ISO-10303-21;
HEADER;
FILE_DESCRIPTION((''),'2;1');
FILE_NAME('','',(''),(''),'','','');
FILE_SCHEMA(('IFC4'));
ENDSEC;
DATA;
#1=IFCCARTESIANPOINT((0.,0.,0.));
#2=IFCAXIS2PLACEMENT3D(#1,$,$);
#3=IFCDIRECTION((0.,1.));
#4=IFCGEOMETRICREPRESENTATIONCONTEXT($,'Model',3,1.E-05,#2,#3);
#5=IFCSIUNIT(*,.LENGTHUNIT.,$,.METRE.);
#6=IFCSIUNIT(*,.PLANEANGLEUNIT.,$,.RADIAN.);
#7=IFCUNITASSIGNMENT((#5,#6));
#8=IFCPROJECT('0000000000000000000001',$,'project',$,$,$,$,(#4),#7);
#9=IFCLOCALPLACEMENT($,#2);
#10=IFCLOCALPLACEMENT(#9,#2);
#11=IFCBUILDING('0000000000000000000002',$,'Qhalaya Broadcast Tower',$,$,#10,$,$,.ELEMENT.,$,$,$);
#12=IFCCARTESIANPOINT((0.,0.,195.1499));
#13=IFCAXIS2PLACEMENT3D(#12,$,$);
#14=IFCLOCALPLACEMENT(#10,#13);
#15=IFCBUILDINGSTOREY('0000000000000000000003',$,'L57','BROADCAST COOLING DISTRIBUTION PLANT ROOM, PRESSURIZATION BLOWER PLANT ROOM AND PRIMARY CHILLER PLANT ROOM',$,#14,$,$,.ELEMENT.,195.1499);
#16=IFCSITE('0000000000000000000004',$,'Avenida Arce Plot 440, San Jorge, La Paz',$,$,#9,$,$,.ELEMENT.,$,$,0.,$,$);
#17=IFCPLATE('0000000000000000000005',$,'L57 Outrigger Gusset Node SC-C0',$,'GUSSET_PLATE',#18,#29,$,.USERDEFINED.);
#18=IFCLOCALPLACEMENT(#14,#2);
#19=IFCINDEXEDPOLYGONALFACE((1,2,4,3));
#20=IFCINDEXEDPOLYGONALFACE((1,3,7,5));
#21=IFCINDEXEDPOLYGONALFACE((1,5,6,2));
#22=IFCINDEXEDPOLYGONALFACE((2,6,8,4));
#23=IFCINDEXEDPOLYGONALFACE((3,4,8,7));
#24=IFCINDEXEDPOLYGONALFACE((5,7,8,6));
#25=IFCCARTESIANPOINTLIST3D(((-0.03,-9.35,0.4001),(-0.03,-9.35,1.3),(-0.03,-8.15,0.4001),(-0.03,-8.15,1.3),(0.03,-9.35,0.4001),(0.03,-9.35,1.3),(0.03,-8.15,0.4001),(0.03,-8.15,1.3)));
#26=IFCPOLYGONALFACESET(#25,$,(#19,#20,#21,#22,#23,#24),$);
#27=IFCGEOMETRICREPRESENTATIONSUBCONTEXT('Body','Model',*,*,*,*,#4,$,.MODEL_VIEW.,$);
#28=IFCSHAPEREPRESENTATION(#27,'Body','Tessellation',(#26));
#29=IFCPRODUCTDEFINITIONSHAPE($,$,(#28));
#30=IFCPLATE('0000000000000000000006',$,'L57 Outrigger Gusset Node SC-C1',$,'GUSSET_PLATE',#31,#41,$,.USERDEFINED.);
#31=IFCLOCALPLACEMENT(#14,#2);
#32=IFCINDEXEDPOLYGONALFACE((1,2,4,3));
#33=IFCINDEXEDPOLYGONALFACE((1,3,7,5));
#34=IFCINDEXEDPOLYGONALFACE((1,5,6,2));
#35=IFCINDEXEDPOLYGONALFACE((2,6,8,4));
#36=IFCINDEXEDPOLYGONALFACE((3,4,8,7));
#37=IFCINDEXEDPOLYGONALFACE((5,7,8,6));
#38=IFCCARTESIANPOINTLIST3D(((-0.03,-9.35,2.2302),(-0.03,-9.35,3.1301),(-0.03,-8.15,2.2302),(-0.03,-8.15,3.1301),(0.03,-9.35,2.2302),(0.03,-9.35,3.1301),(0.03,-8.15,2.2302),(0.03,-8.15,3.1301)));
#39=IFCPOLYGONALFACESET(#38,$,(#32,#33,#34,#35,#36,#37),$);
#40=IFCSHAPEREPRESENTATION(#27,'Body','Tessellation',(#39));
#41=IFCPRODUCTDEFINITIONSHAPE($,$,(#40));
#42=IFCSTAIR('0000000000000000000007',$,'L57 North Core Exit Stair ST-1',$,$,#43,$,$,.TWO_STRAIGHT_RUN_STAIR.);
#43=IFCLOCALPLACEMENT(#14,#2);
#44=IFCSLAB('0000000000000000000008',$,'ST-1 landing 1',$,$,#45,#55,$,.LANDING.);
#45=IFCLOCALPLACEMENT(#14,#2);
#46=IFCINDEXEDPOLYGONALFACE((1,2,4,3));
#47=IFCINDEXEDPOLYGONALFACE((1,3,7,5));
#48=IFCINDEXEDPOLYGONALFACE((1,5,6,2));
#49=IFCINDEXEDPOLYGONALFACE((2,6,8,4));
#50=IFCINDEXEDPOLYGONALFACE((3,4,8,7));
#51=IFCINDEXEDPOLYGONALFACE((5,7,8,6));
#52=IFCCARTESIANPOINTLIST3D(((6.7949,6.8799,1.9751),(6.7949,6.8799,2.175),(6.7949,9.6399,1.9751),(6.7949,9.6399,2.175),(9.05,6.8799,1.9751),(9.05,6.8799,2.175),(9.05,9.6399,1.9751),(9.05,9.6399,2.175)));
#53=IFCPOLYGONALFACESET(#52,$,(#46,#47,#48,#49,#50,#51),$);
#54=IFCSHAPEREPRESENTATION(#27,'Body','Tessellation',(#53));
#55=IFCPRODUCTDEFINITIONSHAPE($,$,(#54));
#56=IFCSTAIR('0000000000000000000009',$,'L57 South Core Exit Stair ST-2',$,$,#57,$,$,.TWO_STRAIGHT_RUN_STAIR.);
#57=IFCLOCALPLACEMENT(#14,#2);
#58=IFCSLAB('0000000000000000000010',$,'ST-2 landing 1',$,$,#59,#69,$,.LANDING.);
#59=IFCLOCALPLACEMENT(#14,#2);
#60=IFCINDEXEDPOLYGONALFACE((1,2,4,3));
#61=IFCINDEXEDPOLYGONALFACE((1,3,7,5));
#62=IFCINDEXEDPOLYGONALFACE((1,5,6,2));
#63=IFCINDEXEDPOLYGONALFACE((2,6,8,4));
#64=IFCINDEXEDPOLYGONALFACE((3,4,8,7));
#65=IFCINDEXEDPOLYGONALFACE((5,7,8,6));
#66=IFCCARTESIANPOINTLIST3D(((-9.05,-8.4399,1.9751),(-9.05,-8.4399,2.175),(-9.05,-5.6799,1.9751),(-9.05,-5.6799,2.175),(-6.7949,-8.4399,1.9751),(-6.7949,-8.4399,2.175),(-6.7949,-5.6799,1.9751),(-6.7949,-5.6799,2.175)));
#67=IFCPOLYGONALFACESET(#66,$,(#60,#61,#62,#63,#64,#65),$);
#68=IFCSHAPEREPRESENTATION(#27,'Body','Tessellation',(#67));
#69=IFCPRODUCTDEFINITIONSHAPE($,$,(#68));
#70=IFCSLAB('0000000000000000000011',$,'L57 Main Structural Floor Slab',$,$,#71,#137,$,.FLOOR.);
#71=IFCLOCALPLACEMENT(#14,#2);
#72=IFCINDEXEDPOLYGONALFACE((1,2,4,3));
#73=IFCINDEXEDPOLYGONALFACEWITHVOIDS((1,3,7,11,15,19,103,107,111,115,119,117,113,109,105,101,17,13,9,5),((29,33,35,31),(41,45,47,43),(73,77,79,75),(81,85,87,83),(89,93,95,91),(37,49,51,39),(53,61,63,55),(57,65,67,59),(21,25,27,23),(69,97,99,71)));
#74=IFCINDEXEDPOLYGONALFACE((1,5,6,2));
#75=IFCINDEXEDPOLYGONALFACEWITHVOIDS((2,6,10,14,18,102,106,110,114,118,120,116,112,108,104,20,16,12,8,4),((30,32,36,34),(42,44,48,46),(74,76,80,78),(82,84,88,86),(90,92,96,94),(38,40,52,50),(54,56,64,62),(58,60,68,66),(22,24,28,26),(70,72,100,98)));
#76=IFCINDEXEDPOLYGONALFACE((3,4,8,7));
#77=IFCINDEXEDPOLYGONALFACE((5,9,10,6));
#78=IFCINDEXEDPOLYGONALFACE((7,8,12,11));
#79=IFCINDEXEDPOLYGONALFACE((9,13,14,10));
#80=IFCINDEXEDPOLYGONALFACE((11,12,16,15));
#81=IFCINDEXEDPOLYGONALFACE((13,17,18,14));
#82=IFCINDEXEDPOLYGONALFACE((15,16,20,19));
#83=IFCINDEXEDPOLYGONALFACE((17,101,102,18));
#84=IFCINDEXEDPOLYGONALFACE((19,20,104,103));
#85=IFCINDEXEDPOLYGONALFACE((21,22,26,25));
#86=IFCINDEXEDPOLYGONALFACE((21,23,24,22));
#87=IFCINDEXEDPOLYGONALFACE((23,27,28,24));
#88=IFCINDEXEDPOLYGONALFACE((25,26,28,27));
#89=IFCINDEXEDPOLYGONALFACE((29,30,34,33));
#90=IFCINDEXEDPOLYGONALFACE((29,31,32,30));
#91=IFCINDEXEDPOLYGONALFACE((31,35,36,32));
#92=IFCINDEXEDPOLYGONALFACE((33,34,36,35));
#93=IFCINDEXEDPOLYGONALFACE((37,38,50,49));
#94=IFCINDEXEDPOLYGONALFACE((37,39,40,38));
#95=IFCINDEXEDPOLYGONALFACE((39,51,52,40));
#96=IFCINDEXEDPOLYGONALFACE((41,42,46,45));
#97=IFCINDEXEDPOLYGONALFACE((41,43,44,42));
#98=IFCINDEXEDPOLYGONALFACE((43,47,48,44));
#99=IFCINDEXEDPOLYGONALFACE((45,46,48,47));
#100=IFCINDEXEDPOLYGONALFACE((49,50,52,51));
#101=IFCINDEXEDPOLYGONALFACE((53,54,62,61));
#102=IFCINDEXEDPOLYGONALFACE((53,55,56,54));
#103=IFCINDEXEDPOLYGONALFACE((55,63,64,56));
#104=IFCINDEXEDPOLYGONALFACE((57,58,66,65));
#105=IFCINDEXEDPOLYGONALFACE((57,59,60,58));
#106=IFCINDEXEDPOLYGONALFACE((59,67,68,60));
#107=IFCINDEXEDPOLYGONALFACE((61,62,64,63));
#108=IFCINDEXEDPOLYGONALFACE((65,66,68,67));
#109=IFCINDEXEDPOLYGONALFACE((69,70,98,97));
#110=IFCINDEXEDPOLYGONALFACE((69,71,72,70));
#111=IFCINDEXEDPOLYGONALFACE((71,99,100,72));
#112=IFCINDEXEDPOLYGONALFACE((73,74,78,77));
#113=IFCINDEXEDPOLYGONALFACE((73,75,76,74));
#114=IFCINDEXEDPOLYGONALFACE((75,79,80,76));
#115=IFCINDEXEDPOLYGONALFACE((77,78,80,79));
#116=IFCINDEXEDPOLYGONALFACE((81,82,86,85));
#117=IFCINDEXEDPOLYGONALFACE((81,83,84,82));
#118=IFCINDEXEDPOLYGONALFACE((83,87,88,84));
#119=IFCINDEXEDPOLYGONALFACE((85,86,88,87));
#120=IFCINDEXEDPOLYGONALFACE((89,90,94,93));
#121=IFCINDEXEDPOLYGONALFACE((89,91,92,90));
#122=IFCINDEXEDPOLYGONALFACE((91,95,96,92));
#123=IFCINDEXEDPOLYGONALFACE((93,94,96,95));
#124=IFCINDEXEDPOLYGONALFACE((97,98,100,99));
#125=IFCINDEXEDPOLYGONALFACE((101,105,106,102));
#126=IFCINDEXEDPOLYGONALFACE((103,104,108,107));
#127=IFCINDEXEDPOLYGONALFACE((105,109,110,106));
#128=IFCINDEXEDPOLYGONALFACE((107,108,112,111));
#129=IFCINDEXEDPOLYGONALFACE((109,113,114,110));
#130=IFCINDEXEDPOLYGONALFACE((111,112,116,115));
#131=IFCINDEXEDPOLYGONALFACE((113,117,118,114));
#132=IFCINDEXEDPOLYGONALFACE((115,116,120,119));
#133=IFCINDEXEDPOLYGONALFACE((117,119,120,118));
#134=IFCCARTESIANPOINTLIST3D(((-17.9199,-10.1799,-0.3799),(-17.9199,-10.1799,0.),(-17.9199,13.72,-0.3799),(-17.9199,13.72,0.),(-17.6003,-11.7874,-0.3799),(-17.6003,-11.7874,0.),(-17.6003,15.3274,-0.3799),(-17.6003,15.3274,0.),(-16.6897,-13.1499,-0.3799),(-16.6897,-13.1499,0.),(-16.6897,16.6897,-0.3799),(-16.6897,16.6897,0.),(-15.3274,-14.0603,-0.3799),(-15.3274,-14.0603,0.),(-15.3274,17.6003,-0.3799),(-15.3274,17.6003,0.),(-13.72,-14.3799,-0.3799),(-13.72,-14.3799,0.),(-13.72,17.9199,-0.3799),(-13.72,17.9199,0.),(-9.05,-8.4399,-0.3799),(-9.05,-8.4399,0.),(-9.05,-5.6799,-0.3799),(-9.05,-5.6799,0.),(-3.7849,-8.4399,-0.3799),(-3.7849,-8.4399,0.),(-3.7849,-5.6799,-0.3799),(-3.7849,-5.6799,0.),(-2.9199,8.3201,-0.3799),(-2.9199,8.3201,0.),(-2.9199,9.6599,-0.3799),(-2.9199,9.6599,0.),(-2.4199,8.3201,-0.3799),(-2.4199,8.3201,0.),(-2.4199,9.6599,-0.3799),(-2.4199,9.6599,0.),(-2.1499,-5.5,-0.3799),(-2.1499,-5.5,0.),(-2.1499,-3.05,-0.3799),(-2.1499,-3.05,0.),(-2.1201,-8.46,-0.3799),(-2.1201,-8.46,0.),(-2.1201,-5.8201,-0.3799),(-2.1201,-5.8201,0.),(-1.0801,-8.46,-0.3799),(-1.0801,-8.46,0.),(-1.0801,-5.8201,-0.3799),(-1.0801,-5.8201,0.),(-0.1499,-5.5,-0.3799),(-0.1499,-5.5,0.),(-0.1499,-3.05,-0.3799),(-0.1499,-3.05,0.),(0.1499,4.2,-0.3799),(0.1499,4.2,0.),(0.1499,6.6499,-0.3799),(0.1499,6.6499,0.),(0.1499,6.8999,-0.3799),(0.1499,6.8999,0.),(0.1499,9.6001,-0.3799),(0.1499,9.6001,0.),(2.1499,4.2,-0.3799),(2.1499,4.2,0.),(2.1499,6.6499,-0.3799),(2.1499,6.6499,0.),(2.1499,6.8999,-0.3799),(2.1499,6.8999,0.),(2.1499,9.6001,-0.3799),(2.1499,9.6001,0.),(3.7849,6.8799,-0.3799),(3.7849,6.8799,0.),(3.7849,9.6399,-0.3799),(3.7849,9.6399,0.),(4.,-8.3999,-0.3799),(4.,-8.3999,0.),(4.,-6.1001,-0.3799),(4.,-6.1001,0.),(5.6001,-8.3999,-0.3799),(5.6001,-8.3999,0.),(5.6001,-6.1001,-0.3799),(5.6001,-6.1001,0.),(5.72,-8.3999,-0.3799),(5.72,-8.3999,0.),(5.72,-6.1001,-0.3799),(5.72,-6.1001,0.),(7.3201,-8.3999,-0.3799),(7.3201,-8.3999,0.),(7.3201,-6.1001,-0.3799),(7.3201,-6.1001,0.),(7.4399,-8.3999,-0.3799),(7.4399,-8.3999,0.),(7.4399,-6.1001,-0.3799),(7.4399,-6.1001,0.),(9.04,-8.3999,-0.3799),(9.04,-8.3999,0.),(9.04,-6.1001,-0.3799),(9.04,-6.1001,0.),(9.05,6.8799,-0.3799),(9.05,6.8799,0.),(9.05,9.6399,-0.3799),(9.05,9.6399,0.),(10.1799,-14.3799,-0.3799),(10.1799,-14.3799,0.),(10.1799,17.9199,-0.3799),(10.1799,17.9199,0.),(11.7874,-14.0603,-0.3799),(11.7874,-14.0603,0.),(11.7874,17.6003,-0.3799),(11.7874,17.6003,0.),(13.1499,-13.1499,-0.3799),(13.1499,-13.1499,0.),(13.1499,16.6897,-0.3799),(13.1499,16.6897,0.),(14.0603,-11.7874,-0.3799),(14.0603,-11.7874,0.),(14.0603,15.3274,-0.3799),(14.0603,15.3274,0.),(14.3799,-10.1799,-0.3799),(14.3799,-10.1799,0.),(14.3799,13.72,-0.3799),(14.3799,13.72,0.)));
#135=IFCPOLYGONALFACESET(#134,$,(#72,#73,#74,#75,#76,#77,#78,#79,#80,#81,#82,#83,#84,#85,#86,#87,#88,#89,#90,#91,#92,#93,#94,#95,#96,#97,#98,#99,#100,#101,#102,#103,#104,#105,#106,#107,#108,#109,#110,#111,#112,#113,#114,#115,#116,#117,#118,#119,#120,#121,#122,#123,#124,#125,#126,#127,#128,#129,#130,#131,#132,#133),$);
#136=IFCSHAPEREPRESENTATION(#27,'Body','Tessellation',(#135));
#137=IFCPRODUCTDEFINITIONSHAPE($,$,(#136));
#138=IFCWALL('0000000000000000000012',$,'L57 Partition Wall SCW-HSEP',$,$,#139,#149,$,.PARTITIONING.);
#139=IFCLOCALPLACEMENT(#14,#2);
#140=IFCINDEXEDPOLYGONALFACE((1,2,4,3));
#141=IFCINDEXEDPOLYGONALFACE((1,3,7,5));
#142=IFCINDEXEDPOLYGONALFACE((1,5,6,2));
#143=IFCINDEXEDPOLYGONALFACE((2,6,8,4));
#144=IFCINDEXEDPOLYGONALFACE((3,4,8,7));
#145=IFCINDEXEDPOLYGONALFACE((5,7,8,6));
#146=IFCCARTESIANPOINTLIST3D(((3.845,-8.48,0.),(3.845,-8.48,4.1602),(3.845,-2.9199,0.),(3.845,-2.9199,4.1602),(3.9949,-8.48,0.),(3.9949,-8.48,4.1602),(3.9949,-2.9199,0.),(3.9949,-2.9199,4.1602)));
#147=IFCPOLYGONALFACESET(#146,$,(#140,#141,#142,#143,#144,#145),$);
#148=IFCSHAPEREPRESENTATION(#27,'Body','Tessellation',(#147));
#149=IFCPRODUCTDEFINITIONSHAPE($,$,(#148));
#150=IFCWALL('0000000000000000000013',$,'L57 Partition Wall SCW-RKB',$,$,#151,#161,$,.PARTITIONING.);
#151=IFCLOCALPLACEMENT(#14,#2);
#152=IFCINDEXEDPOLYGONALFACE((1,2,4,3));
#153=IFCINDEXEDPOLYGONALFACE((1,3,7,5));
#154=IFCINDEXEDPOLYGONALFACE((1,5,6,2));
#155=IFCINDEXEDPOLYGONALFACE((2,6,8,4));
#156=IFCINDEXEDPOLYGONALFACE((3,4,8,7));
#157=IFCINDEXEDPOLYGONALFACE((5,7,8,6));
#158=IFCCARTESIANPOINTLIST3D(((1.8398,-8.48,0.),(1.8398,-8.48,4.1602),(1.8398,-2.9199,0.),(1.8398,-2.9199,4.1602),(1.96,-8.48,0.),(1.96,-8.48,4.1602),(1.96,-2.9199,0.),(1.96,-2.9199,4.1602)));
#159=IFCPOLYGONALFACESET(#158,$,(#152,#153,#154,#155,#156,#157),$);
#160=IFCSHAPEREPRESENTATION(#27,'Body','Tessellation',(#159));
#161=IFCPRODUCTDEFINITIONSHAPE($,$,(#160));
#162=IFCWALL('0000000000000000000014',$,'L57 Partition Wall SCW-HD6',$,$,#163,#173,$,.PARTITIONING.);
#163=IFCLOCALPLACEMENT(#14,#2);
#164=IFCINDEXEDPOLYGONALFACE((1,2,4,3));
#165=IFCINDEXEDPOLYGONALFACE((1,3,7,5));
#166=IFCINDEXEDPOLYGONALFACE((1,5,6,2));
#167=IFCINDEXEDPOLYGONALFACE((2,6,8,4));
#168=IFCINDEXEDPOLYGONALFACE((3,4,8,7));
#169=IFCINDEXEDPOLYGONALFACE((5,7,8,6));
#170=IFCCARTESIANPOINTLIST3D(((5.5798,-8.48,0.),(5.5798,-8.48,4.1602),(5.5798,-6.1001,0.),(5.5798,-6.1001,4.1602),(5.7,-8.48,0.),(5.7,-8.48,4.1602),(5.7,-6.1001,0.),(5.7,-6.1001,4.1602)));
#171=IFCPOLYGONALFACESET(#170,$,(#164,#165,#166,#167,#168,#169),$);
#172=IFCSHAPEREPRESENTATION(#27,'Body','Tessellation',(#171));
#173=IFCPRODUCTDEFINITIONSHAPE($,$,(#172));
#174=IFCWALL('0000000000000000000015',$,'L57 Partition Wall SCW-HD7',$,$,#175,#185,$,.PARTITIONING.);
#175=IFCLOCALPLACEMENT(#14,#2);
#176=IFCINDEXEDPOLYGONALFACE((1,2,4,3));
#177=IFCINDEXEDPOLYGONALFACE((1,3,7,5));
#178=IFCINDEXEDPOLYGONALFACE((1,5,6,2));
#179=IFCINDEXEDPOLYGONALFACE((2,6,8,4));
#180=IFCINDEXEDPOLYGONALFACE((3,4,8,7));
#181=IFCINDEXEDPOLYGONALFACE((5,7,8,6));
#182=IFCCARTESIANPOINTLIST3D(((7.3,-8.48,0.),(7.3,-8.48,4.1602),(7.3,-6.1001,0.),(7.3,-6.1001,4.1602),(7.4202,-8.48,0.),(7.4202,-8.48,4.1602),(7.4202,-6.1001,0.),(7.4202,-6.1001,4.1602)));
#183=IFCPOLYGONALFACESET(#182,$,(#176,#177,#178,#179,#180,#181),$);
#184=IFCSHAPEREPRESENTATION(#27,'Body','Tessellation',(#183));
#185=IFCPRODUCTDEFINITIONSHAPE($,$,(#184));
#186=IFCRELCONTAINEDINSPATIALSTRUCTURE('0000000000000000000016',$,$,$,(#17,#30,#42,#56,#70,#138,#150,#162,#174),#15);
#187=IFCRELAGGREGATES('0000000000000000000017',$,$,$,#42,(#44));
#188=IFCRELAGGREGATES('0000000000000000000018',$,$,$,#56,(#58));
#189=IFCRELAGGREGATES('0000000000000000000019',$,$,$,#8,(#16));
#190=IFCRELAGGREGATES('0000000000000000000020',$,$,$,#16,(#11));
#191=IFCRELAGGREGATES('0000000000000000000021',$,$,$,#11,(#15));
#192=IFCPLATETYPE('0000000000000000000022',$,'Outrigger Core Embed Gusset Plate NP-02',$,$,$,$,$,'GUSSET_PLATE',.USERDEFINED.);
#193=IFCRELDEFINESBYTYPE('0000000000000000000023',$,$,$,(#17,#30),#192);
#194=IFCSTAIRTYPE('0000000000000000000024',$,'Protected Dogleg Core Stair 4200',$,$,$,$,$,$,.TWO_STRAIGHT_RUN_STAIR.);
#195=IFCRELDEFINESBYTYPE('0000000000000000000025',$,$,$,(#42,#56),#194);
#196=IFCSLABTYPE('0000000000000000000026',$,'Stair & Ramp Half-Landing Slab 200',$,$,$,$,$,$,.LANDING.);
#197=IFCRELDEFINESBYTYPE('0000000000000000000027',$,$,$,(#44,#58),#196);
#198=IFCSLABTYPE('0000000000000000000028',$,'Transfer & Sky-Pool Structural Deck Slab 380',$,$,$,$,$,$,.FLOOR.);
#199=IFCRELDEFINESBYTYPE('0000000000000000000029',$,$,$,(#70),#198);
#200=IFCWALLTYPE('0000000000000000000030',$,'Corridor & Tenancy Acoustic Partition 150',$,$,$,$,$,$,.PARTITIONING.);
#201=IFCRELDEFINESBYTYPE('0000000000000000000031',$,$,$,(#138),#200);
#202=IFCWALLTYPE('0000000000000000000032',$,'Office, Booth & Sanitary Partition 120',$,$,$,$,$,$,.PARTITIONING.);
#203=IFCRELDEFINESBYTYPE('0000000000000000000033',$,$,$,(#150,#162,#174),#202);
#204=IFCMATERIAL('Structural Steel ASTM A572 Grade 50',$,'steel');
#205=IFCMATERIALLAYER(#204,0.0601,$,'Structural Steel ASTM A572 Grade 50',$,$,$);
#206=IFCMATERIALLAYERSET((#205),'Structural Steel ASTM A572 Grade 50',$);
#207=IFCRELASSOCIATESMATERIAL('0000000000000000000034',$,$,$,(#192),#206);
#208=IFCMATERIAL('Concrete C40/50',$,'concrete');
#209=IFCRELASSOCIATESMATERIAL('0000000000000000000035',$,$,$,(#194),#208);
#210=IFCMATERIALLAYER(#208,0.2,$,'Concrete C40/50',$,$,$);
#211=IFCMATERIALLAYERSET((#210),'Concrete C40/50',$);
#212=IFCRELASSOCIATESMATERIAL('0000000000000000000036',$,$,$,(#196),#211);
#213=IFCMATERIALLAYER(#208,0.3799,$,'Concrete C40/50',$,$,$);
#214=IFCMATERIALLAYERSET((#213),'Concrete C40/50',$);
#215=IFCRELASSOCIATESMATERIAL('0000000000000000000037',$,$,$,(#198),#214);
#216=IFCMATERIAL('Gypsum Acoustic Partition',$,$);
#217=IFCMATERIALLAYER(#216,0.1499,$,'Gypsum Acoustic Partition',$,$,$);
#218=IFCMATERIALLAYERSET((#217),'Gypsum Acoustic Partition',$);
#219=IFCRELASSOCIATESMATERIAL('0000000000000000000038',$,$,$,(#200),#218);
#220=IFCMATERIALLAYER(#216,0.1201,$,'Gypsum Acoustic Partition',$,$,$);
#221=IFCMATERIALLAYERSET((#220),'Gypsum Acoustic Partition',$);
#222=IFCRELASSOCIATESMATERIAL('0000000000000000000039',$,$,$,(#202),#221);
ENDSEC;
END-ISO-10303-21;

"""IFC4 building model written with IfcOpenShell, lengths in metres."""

from ifc_helpers import new_model, si_unit, direction, frame, frame_2d, origin, origin_2d, place, context, subcontext, project, spatial, polyline, rectangle, outline, extrude, material, layer, layer_set, type_object, element, aggregate, save


model = new_model("IFC4")

# Units and contexts
model_context = context("Model", 3, precision=1e-05, world=origin(), true_north=direction((0.0, 1.0)))
body_context = subcontext(model_context, "Body", "Model", "MODEL_VIEW")
ifc_project = project(units=[si_unit("LENGTHUNIT", "METRE"), si_unit("PLANEANGLEUNIT", "RADIAN")], contexts=[model_context])

# Site, building, storey
site_placement = place(None, origin())
site = spatial("IfcSite", under=ifc_project, at=site_placement, Name="Avenida Arce Plot 440, San Jorge, La Paz", CompositionType="ELEMENT", RefElevation=0.0)
building_placement = place(site_placement, origin())
building = spatial("IfcBuilding", under=site, at=building_placement, Name="Qhalaya Broadcast Tower", CompositionType="ELEMENT")
storey_placement = place(building_placement, frame((0.0, 0.0, 195.1499)))
storey = spatial("IfcBuildingStorey", under=building, at=storey_placement, Name="L57", Description="BROADCAST COOLING DISTRIBUTION PLANT ROOM, PRESSURIZATION BLOWER PLANT ROOM AND PRIMARY CHILLER PLANT ROOM", CompositionType="ELEMENT", Elevation=195.1499)

# Shared definitions
ifc_material_1 = material(Name="Structural Steel ASTM A572 Grade 50", Category="steel")

# Plates
ifc_layer_1 = layer(ifc_material_1, 0.0601, Name="Structural Steel ASTM A572 Grade 50")
ifc_layer_set_1 = layer_set([ifc_layer_1], Name="Structural Steel ASTM A572 Grade 50")
plate_type = type_object("IfcPlateType", Name="Outrigger Core Embed Gusset Plate NP-02", ElementType="GUSSET_PLATE", PredefinedType="USERDEFINED", material=ifc_layer_set_1)
for number, where, z_axis, x_axis, name in (
    (1, (0.0, -8.75, 0.4001), (0.0, 0.0, 1.0), (0.0, -1.0, 0.0), "L57 Outrigger Gusset Node SC-C0"),
    (2, (0.0, -8.75, 2.2302), (0.0, 0.0, 1.0), (0.0, -1.0, 0.0), "L57 Outrigger Gusset Node SC-C1"),
):
    element("IfcPlate", number, at=place(storey_placement, frame(where, z_axis=z_axis, x_axis=x_axis)), inside=storey, type_object=plate_type, Name=name, ObjectType="GUSSET_PLATE", PredefinedType="USERDEFINED", context=body_context, shape_type="SweptSolid", body=[
        extrude(rectangle(XDim=1.2, YDim=0.0601, at=origin_2d()), origin(), (0.0, 0.0, 1.0), 0.8999),
    ])

# Stairs, slabs
ifc_material_2 = material(Name="Concrete C40/50", Category="concrete")
stair_type = type_object("IfcStairType", Name="Protected Dogleg Core Stair 4200", PredefinedType="TWO_STRAIGHT_RUN_STAIR", material=ifc_material_2)
stair_1_placement = place(storey_placement, origin())
stair_1 = element("IfcStair", 3, at=stair_1_placement, inside=storey, type_object=stair_type, Name="L57 North Core Exit Stair ST-1", PredefinedType="TWO_STRAIGHT_RUN_STAIR")
ifc_layer_2 = layer(ifc_material_2, 0.2, Name="Concrete C40/50")
ifc_layer_set_2 = layer_set([ifc_layer_2], Name="Concrete C40/50")
slab_type_1 = type_object("IfcSlabType", Name="Stair & Ramp Half-Landing Slab 200", PredefinedType="LANDING", material=ifc_layer_set_2)
slab_1_placement = place(storey_placement, frame((0.0, 0.0, 1.9751)))
slab_1 = element("IfcSlab", 4, at=slab_1_placement, type_object=slab_type_1, Name="ST-1 landing 1", PredefinedType="LANDING", context=body_context, shape_type="SweptSolid", body=[
    extrude(outline(polyline([(6.7949, 6.8799), (9.05, 6.8799), (9.05, 9.6399), (6.7949, 9.6399), (6.7949, 6.8799)])), origin(), (0.0, 0.0, 1.0), 0.2),
])
aggregate(stair_1, [slab_1])
stair_2_placement = place(storey_placement, origin())
stair_2 = element("IfcStair", 5, at=stair_2_placement, inside=storey, type_object=stair_type, Name="L57 South Core Exit Stair ST-2", PredefinedType="TWO_STRAIGHT_RUN_STAIR")
slab_2_placement = place(storey_placement, frame((0.0, 0.0, 1.9751)))
slab_2 = element("IfcSlab", 6, at=slab_2_placement, type_object=slab_type_1, Name="ST-2 landing 1", PredefinedType="LANDING", context=body_context, shape_type="SweptSolid", body=[
    extrude(outline(polyline([(-6.7949, -5.6799), (-9.05, -5.6799), (-9.05, -8.4399), (-6.7949, -8.4399), (-6.7949, -5.6799)])), origin(), (0.0, 0.0, 1.0), 0.2),
])
aggregate(stair_2, [slab_2])

# Slab
ifc_layer_3 = layer(ifc_material_2, 0.3799, Name="Concrete C40/50")
ifc_layer_set_3 = layer_set([ifc_layer_3], Name="Concrete C40/50")
slab_type_2 = type_object("IfcSlabType", Name="Transfer & Sky-Pool Structural Deck Slab 380", PredefinedType="FLOOR", material=ifc_layer_set_3)
slab_3_placement = place(storey_placement, frame((0.0, 0.0, -0.3799)))
element("IfcSlab", 7, at=slab_3_placement, inside=storey, type_object=slab_type_2, Name="L57 Main Structural Floor Slab", PredefinedType="FLOOR", context=body_context, shape_type="SweptSolid", body=[
    extrude(outline(polyline([(10.1799, -14.3799), (11.7874, -14.0603), (13.1499, -13.1499), (14.0603, -11.7874), (14.3799, -10.1799), (14.3799, 13.72), (14.0603, 15.3274), (13.1499, 16.6897), (11.7874, 17.6003), (10.1799, 17.9199), (-13.72, 17.9199), (-15.3274, 17.6003), (-16.6897, 16.6897), (-17.6003, 15.3274), (-17.9199, 13.72), (-17.9199, -10.1799), (-17.6003, -11.7874), (-16.6897, -13.1499), (-15.3274, -14.0603), (-13.72, -14.3799), (10.1799, -14.3799)]), holes=[polyline([(3.7849, 9.6399), (9.05, 9.6399), (9.05, 6.8799), (3.7849, 6.8799), (3.7849, 9.6399)]), polyline([(-3.7849, -8.4399), (-9.05, -8.4399), (-9.05, -5.6799), (-3.7849, -5.6799), (-3.7849, -8.4399)]), polyline([(0.1499, 6.6499), (2.1499, 6.6499), (2.1499, 4.2), (0.1499, 4.2), (0.1499, 6.6499)]), polyline([(0.1499, 9.6001), (2.1499, 9.6001), (2.1499, 6.8999), (0.1499, 6.8999), (0.1499, 9.6001)]), polyline([(-2.1499, -3.05), (-0.1499, -3.05), (-0.1499, -5.5), (-2.1499, -5.5), (-2.1499, -3.05)]), polyline([(4.0, -6.1001), (5.6001, -6.1001), (5.6001, -8.3999), (4.0, -8.3999), (4.0, -6.1001)]), polyline([(5.72, -6.1001), (7.3201, -6.1001), (7.3201, -8.3999), (5.72, -8.3999), (5.72, -6.1001)]), polyline([(7.4399, -6.1001), (9.04, -6.1001), (9.04, -8.3999), (7.4399, -8.3999), (7.4399, -6.1001)]), polyline([(-2.9199, 9.6599), (-2.4199, 9.6599), (-2.4199, 8.3201), (-2.9199, 8.3201), (-2.9199, 9.6599)]), polyline([(-2.1201, -5.8201), (-1.0801, -5.8201), (-1.0801, -8.46), (-2.1201, -8.46), (-2.1201, -5.8201)])]), origin(), (0.0, 0.0, 1.0), 0.3799),
])

# Walls
ifc_material_3 = material(Name="Gypsum Acoustic Partition")
ifc_layer_4 = layer(ifc_material_3, 0.1499, Name="Gypsum Acoustic Partition")
ifc_layer_set_4 = layer_set([ifc_layer_4], Name="Gypsum Acoustic Partition")
wall_type_1 = type_object("IfcWallType", Name="Corridor & Tenancy Acoustic Partition 150", PredefinedType="PARTITIONING", material=ifc_layer_set_4)
wall_1_placement = place(storey_placement, frame((3.9199, -8.48, 0.0), z_axis=(0.0, 0.0, 1.0), x_axis=(0.0, 1.0, 0.0)))
element("IfcWall", 8, at=wall_1_placement, inside=storey, type_object=wall_type_1, Name="L57 Partition Wall SCW-HSEP", PredefinedType="PARTITIONING", context=body_context, shape_type="SweptSolid", body=[
    extrude(rectangle(XDim=5.5601, YDim=0.1499, at=frame_2d((2.78, 0.0))), origin(), (0.0, 0.0, 1.0), 4.1602),
])
ifc_layer_5 = layer(ifc_material_3, 0.1201, Name="Gypsum Acoustic Partition")
ifc_layer_set_5 = layer_set([ifc_layer_5], Name="Gypsum Acoustic Partition")
wall_type_2 = type_object("IfcWallType", Name="Office, Booth & Sanitary Partition 120", PredefinedType="PARTITIONING", material=ifc_layer_set_5)
wall_2_placement = place(storey_placement, frame((1.8999, -8.48, 0.0), z_axis=(0.0, 0.0, 1.0), x_axis=(0.0, 1.0, 0.0)))
element("IfcWall", 9, at=wall_2_placement, inside=storey, type_object=wall_type_2, Name="L57 Partition Wall SCW-RKB", PredefinedType="PARTITIONING", context=body_context, shape_type="SweptSolid", body=[
    extrude(rectangle(XDim=5.5601, YDim=0.1201, at=frame_2d((2.78, 0.0))), origin(), (0.0, 0.0, 1.0), 4.1602),
])
for number, where, z_axis, x_axis, name in (
    (10, (5.6399, -8.48, 0.0), (0.0, 0.0, 1.0), (0.0, 1.0, 0.0), "L57 Partition Wall SCW-HD6"),
    (11, (7.3601, -8.48, 0.0), (0.0, 0.0, 1.0), (0.0, 1.0, 0.0), "L57 Partition Wall SCW-HD7"),
):
    element("IfcWall", number, at=place(storey_placement, frame(where, z_axis=z_axis, x_axis=x_axis)), inside=storey, type_object=wall_type_2, Name=name, PredefinedType="PARTITIONING", context=body_context, shape_type="SweptSolid", body=[
        extrude(rectangle(XDim=2.3799, YDim=0.1201, at=frame_2d((1.1899, 0.0))), origin(), (0.0, 0.0, 1.0), 4.1602),
    ])

save(model, "model.ifc")
